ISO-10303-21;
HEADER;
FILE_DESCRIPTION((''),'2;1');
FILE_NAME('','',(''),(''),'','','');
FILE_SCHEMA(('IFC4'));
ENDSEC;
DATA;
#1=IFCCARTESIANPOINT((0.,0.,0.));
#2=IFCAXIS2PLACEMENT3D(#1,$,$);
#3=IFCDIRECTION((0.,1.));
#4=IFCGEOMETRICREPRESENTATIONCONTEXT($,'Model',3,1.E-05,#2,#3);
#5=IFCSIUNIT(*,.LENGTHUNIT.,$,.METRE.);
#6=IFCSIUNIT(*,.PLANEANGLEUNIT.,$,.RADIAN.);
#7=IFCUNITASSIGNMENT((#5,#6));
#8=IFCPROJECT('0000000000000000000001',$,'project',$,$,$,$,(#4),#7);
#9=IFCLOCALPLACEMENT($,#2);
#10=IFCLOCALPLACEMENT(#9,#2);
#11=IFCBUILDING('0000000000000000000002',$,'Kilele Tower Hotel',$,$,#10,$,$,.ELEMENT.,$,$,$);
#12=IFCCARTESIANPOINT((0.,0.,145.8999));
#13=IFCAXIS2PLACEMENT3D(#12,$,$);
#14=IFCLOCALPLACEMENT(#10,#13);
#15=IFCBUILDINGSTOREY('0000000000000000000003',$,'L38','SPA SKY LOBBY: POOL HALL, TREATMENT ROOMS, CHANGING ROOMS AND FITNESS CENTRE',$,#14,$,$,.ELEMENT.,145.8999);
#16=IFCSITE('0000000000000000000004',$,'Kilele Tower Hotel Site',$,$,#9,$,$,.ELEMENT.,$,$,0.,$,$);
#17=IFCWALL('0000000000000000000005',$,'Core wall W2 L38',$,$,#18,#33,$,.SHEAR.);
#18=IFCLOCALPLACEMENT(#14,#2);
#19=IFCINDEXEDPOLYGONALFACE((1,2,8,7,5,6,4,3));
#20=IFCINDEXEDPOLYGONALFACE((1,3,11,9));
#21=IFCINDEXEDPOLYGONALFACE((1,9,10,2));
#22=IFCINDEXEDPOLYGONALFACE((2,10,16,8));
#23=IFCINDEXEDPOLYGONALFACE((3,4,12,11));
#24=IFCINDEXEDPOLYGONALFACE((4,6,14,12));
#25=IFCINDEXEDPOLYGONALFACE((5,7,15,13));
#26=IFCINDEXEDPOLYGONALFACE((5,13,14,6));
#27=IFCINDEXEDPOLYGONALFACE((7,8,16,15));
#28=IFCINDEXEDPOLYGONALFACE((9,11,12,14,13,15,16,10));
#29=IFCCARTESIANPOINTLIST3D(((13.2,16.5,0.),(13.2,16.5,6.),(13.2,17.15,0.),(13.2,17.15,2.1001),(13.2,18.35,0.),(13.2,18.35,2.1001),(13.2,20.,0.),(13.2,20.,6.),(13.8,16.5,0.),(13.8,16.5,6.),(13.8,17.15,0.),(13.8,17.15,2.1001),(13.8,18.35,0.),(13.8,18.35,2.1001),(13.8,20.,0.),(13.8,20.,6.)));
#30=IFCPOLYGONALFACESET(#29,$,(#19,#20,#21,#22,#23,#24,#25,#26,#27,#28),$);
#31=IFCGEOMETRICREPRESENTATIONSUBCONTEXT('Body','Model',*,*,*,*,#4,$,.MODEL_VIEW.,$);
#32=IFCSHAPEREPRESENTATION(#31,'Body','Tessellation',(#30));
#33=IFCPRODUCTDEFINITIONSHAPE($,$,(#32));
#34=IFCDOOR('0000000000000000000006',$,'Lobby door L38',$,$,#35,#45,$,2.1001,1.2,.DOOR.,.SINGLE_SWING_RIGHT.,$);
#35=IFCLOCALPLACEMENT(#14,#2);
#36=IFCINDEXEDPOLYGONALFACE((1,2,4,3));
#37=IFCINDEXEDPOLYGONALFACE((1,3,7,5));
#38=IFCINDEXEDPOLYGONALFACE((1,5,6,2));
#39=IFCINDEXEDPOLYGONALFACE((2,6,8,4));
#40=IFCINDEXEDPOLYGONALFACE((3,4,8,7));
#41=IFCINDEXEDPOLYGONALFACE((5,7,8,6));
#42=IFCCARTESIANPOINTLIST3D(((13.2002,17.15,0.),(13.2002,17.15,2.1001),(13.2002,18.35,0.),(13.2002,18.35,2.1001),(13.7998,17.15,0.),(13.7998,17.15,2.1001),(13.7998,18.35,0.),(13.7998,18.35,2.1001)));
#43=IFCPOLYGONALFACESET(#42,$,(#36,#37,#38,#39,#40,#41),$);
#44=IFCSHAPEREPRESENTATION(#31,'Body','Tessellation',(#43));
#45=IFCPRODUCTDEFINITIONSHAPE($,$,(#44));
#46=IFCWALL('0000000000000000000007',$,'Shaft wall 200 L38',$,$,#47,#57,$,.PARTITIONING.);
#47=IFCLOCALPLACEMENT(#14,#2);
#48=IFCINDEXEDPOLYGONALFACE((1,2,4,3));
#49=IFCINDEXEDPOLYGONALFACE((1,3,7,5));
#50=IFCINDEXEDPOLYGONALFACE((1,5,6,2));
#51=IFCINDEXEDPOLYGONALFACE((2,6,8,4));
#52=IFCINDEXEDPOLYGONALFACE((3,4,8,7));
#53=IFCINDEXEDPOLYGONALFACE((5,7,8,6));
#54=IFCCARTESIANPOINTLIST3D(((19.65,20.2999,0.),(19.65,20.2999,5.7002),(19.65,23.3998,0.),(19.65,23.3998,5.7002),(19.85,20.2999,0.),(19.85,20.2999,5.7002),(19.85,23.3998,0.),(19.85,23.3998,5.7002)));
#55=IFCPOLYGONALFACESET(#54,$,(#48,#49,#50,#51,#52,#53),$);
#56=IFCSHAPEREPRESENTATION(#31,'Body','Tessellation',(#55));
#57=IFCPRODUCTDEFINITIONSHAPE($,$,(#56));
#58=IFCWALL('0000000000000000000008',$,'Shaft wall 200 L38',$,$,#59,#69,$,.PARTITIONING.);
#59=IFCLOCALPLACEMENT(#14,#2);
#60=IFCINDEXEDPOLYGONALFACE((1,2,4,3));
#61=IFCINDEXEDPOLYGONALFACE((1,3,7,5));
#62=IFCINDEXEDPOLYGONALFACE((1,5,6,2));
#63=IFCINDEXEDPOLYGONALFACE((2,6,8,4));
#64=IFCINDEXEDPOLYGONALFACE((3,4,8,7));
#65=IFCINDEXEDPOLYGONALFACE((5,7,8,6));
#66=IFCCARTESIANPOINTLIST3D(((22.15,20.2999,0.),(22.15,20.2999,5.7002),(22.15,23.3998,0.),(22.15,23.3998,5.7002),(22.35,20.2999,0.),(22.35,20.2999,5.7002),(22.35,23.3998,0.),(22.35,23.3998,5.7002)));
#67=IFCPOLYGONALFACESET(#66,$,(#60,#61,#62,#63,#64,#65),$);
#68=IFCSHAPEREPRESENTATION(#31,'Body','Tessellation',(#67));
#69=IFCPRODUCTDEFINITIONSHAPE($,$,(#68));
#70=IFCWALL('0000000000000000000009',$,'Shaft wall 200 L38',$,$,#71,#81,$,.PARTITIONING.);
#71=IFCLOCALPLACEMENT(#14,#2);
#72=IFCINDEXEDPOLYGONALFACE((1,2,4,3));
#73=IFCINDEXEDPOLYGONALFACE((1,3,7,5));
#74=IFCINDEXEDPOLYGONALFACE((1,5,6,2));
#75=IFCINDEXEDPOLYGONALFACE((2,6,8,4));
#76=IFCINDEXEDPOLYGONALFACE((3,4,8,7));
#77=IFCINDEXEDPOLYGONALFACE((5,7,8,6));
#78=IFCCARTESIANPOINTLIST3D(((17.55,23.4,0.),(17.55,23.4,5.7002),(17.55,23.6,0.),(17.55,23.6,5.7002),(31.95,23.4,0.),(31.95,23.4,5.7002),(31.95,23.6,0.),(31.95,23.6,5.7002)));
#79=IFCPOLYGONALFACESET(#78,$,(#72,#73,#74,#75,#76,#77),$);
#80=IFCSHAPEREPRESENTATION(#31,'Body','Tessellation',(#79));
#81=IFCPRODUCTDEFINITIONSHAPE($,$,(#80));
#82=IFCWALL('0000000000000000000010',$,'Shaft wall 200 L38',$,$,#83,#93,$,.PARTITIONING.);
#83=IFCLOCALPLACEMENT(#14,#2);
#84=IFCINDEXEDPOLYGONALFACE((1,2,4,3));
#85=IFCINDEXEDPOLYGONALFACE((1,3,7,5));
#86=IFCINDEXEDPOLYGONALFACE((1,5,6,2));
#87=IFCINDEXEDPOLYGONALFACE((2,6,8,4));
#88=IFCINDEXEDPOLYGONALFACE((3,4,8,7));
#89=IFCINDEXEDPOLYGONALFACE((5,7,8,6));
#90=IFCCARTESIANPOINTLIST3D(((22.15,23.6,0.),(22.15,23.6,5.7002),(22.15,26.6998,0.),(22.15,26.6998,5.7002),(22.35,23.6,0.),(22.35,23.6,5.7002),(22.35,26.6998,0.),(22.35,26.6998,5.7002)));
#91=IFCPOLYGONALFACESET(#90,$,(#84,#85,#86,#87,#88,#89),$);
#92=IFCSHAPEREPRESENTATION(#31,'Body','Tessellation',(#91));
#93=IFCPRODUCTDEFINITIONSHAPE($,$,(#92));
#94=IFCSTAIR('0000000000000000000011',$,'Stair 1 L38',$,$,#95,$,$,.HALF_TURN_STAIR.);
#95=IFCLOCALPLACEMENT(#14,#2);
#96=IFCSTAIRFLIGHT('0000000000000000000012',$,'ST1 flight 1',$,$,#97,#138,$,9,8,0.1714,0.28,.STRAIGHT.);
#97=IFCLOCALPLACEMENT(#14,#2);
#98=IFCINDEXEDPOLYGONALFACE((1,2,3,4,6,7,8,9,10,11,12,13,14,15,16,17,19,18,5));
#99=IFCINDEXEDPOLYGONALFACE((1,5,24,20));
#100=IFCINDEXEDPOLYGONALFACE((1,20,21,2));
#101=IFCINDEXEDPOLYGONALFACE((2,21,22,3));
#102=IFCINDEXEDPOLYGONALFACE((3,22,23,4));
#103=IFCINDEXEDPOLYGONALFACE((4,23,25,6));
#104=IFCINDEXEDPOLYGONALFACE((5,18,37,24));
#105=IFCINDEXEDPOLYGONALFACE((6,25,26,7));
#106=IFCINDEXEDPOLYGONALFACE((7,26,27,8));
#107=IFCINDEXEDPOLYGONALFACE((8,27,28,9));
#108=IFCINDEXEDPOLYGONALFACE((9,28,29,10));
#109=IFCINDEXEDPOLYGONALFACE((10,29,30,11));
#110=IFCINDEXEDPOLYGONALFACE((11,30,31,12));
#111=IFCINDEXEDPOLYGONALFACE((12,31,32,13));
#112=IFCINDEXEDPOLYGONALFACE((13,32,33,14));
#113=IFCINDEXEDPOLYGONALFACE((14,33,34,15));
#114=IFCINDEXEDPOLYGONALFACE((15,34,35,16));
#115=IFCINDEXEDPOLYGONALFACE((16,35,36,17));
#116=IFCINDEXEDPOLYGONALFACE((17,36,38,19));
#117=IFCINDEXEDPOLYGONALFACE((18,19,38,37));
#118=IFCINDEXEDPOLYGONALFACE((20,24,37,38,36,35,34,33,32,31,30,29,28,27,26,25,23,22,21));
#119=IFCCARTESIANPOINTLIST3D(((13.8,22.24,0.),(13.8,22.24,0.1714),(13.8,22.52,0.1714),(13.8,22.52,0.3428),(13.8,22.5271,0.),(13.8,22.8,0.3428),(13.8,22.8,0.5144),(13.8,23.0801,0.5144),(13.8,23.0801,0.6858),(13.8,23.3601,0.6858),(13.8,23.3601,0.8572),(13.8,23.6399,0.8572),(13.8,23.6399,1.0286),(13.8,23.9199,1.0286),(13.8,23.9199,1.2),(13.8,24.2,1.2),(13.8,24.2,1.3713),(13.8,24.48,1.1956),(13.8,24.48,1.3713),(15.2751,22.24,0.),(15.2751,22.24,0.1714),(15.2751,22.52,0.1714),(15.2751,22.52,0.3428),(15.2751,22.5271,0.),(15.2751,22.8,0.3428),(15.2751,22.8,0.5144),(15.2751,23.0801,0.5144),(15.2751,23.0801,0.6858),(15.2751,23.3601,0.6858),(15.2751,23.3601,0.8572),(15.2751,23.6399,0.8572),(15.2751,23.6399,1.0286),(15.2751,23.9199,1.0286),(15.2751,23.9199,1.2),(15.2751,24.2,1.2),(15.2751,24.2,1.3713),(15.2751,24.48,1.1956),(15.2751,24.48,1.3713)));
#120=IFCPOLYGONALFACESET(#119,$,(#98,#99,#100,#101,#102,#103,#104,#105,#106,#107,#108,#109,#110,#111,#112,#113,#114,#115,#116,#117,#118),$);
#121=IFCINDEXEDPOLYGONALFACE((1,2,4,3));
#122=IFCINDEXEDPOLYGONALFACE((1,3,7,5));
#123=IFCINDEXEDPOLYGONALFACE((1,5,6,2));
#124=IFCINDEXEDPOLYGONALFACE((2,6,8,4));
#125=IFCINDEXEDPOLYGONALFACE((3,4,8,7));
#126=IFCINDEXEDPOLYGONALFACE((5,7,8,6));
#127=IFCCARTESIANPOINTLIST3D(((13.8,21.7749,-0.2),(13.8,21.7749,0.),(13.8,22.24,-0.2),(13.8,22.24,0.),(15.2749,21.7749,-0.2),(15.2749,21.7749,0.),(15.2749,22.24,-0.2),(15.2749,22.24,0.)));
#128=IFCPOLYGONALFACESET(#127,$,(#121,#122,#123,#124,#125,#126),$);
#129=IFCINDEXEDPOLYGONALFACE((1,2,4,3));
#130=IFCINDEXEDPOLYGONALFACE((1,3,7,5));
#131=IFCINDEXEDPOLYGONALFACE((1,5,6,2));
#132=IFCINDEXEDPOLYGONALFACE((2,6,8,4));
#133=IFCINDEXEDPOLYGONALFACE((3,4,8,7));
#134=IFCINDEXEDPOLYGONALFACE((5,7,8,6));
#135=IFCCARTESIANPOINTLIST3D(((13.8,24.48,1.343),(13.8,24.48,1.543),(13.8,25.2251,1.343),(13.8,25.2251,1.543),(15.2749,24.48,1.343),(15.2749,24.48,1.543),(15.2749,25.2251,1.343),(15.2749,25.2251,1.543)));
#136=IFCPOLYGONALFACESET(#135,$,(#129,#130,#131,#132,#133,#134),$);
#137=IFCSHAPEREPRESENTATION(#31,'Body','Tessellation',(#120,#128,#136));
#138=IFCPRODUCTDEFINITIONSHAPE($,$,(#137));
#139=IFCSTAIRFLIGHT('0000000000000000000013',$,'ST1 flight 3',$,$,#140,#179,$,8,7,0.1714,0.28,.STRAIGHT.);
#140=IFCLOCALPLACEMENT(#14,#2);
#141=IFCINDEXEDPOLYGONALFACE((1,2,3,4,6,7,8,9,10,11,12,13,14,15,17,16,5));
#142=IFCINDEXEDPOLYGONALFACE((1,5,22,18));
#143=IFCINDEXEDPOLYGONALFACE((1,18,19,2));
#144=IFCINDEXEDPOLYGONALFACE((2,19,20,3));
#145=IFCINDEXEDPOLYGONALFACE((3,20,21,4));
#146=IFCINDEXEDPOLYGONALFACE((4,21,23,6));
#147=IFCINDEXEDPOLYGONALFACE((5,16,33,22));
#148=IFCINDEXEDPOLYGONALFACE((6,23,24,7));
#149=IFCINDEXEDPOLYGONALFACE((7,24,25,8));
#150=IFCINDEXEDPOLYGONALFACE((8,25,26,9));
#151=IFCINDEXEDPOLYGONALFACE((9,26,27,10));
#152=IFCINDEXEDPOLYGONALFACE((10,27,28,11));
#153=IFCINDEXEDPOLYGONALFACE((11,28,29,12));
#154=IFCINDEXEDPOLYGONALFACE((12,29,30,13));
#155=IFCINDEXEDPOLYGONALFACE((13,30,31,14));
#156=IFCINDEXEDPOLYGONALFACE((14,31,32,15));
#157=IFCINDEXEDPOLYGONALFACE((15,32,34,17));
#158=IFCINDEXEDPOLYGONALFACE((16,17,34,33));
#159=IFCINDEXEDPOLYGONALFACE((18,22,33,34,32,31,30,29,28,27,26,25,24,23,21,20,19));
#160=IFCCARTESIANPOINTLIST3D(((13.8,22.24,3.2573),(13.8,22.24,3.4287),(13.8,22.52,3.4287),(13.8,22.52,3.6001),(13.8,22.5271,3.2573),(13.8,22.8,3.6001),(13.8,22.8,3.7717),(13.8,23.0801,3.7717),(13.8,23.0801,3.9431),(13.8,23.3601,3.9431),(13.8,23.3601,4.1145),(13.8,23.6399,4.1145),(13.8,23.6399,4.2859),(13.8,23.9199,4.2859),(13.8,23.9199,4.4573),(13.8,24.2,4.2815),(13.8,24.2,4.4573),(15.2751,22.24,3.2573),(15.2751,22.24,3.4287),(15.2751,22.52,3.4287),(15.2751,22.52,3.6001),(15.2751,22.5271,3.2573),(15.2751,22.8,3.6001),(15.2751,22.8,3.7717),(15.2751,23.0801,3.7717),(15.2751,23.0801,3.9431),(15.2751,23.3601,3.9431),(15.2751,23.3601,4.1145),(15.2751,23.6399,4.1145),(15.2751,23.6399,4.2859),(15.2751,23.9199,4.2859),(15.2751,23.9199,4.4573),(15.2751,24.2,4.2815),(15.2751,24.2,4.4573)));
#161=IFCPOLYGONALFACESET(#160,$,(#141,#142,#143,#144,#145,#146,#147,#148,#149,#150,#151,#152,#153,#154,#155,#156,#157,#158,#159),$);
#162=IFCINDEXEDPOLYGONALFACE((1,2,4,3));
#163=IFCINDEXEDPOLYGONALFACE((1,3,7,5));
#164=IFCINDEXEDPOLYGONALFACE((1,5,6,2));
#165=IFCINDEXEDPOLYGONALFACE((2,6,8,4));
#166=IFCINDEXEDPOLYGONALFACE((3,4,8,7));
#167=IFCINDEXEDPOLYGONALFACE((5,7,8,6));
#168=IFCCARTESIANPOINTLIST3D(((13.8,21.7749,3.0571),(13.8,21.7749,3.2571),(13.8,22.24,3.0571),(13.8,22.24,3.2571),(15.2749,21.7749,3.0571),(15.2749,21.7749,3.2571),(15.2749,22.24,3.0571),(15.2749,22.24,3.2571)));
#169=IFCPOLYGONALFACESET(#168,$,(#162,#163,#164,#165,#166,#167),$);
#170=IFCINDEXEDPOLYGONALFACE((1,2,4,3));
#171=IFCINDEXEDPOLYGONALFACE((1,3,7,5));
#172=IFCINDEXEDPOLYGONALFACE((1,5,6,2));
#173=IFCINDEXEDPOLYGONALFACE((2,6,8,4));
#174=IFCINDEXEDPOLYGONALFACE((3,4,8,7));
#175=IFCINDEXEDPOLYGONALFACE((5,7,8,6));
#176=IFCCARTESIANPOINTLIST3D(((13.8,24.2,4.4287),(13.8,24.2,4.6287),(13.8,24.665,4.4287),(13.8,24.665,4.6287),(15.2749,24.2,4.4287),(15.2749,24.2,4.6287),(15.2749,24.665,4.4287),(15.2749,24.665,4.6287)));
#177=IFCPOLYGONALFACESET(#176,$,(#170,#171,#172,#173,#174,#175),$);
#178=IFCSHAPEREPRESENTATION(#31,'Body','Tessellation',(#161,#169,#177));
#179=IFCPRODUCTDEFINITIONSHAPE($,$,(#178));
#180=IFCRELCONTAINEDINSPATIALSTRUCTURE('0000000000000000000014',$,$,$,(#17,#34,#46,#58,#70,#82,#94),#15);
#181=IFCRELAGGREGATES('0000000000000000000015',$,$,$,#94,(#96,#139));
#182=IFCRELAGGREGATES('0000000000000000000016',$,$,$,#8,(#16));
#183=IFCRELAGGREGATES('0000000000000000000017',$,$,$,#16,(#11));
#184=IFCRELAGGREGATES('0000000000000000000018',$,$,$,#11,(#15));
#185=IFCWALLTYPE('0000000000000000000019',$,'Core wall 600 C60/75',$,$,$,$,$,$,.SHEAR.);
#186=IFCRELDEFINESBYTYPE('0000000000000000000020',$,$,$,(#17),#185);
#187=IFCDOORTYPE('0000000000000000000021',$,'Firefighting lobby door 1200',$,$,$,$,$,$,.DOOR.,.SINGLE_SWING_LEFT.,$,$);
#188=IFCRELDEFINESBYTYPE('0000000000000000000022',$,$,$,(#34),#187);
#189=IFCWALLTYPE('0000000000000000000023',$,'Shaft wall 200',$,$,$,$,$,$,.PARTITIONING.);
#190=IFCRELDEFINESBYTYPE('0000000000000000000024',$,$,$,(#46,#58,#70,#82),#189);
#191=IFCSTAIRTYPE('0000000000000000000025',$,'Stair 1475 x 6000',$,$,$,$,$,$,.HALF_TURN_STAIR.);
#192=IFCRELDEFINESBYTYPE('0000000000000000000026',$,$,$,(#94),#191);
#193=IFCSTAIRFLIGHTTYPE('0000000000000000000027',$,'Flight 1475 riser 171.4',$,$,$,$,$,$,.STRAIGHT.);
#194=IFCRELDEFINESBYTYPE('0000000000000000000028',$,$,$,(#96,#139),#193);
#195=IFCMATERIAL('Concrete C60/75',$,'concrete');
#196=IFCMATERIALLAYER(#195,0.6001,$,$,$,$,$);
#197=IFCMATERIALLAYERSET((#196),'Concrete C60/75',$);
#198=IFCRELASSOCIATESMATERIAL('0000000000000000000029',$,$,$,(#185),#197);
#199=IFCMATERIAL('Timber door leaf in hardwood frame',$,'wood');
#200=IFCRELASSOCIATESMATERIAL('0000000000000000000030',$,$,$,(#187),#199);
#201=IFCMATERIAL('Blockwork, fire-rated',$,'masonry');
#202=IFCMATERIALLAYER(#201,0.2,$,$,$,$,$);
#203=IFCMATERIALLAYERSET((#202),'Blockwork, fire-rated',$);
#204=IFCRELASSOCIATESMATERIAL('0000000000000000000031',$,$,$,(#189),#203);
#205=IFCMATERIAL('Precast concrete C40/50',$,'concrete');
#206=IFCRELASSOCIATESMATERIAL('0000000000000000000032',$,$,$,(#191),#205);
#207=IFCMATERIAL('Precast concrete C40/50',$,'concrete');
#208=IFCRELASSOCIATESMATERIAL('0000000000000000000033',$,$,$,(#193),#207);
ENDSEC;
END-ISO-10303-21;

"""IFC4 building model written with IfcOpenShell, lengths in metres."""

from ifc_helpers import new_model, si_unit, direction, frame, frame_2d, origin, place, context, subcontext, project, spatial, polyline, rectangle, outline, extrude, material, layer, layer_set, type_object, element, fill, aggregate, save


model = new_model("IFC4")

# Units and contexts
model_context = context("Model", 3, precision=1e-05, world=origin(), true_north=direction((0.0, 1.0)))
body_context = subcontext(model_context, "Body", "Model", "MODEL_VIEW")
ifc_project = project(units=[si_unit("LENGTHUNIT", "METRE"), si_unit("PLANEANGLEUNIT", "RADIAN")], contexts=[model_context])

# Site, building, storey
site_placement = place(None, origin())
site = spatial("IfcSite", under=ifc_project, at=site_placement, Name="Kilele Tower Hotel Site", CompositionType="ELEMENT", RefElevation=0.0)
building_placement = place(site_placement, origin())
building = spatial("IfcBuilding", under=site, at=building_placement, Name="Kilele Tower Hotel", CompositionType="ELEMENT")
storey_placement = place(building_placement, frame((0.0, 0.0, 145.8999)))
storey = spatial("IfcBuildingStorey", under=building, at=storey_placement, Name="L38", Description="SPA SKY LOBBY: POOL HALL, TREATMENT ROOMS, CHANGING ROOMS AND FITNESS CENTRE", CompositionType="ELEMENT", Elevation=145.8999)

# Shared definitions
ifc_material_1 = material(Name="Concrete C60/75", Category="concrete")
ifc_layer_1 = layer(ifc_material_1, 0.6001)
ifc_layer_set_1 = layer_set([ifc_layer_1], Name="Concrete C60/75")
wall_type_1 = type_object("IfcWallType", Name="Core wall 600 C60/75", PredefinedType="SHEAR", material=ifc_layer_set_1)

# Wall, opening, door
wall_1_placement = place(storey_placement, frame((13.5, 20.0, 0.0), z_axis=(0.0, 0.0, 1.0), x_axis=(0.0, -1.0, 0.0)))
wall_1 = element("IfcWall", 1, at=wall_1_placement, inside=storey, type_object=wall_type_1, Name="Core wall W2 L38", PredefinedType="SHEAR", context=body_context, shape_type="SweptSolid", body=[
    extrude(rectangle(XDim=3.5, YDim=0.6001, at=frame_2d((1.75, 0.0))), origin(), (0.0, 0.0, 1.0), 6.0),
])
opening_1_placement = place(wall_1_placement, frame((1.6499, 0.0, 0.0)))
opening_1 = element("IfcOpeningElement", 2, at=opening_1_placement, cuts=wall_1, PredefinedType="OPENING", context=body_context, shape_type="SweptSolid", body=[
    extrude(rectangle(XDim=1.2, YDim=2.1001, at=frame_2d((0.6001, 1.05))), frame((0.0, 0.3101, 0.0), z_axis=(0.0, -1.0, 0.0), x_axis=(1.0, 0.0, 0.0)), (0.0, 0.0, 1.0), 0.6201),
])
ifc_material_2 = material(Name="Timber door leaf in hardwood frame", Category="wood")
door_type_1 = type_object("IfcDoorType", Name="Firefighting lobby door 1200", OperationType="SINGLE_SWING_LEFT", PredefinedType="DOOR", material=ifc_material_2)
door_1_placement = place(opening_1_placement, origin())
door_1 = element("IfcDoor", 3, at=door_1_placement, inside=storey, type_object=door_type_1, Name="Lobby door L38", OperationType="SINGLE_SWING_RIGHT", OverallHeight=2.1001, OverallWidth=1.2, PredefinedType="DOOR", context=body_context, shape_type="SweptSolid", body=[
    extrude(rectangle(XDim=1.2, YDim=2.1001, at=frame_2d((0.6001, 1.05))), frame((0.0, 0.2998, 0.0), z_axis=(0.0, -1.0, 0.0), x_axis=(1.0, 0.0, 0.0)), (0.0, 0.0, 1.0), 0.5996),
])
fill(opening_1, door_1)

# Walls
ifc_material_3 = material(Name="Blockwork, fire-rated", Category="masonry")
ifc_layer_2 = layer(ifc_material_3, 0.2)
ifc_layer_set_2 = layer_set([ifc_layer_2], Name="Blockwork, fire-rated")
wall_type_2 = type_object("IfcWallType", Name="Shaft wall 200", PredefinedType="PARTITIONING", material=ifc_layer_set_2)
for number, where, z_axis, x_axis, name in (
    (4, (19.75, 20.3, 0.0), (0.0, 0.0, 1.0), (0.0, 1.0, 0.0), "Shaft wall 200 L38"),
    (5, (22.25, 20.3, 0.0), (0.0, 0.0, 1.0), (0.0, 1.0, 0.0), "Shaft wall 200 L38"),
):
    element("IfcWall", number, at=place(storey_placement, frame(where, z_axis=z_axis, x_axis=x_axis)), inside=storey, type_object=wall_type_2, Name=name, PredefinedType="PARTITIONING", context=body_context, shape_type="SweptSolid", body=[
        extrude(rectangle(XDim=3.0999, YDim=0.2, at=frame_2d((1.5498, 0.0))), origin(), (0.0, 0.0, 1.0), 5.7002),
    ])
wall_2_placement = place(storey_placement, frame((17.55, 23.5, 0.0), z_axis=(0.0, 0.0, 1.0), x_axis=(1.0, 0.0, 0.0)))
element("IfcWall", 6, at=wall_2_placement, inside=storey, type_object=wall_type_2, Name="Shaft wall 200 L38", PredefinedType="PARTITIONING", context=body_context, shape_type="SweptSolid", body=[
    extrude(rectangle(XDim=14.3999, YDim=0.2, at=frame_2d((7.2, 0.0))), origin(), (0.0, 0.0, 1.0), 5.7002),
])
wall_3_placement = place(storey_placement, frame((22.25, 23.6001, 0.0), z_axis=(0.0, 0.0, 1.0), x_axis=(0.0, 1.0, 0.0)))
element("IfcWall", 7, at=wall_3_placement, inside=storey, type_object=wall_type_2, Name="Shaft wall 200 L38", PredefinedType="PARTITIONING", context=body_context, shape_type="SweptSolid", body=[
    extrude(rectangle(XDim=3.0999, YDim=0.2, at=frame_2d((1.5498, 0.0))), origin(), (0.0, 0.0, 1.0), 5.7002),
])

# Stair, stair flights
ifc_material_4 = material(Name="Precast concrete C40/50", Category="concrete")
stair_type = type_object("IfcStairType", Name="Stair 1475 x 6000", PredefinedType="HALF_TURN_STAIR", material=ifc_material_4)
stair_placement = place(storey_placement, origin())
stair = element("IfcStair", 8, at=stair_placement, inside=storey, type_object=stair_type, Name="Stair 1 L38", PredefinedType="HALF_TURN_STAIR")
ifc_material_5 = material(Name="Precast concrete C40/50", Category="concrete")
stair_flight_type = type_object("IfcStairFlightType", Name="Flight 1475 riser 171.4", PredefinedType="STRAIGHT", material=ifc_material_5)
stair_flight_1_placement = place(storey_placement, frame((14.5376, 22.24, 0.0), z_axis=(0.0, 0.0, 1.0), x_axis=(0.0, 1.0, 0.0)))
stair_flight_1 = element("IfcStairFlight", 9, at=stair_flight_1_placement, type_object=stair_flight_type, Name="ST1 flight 1", NumberOfRisers=9, NumberOfTreads=8, PredefinedType="STRAIGHT", RiserHeight=0.1714, TreadLength=0.28, context=body_context, shape_type="SweptSolid", body=[
    extrude(outline(polyline([(0.0, 0.0), (0.0, 0.1714), (0.28, 0.1714), (0.28, 0.3428), (0.5601, 0.3428), (0.5601, 0.5144), (0.8401, 0.5144), (0.8401, 0.6858), (1.1201, 0.6858), (1.1201, 0.8572), (1.3999, 0.8572), (1.3999, 1.0286), (1.6799, 1.0286), (1.6799, 1.2), (1.96, 1.2), (1.96, 1.3713), (2.24, 1.3713), (2.24, 1.543), (2.24, 1.1956), (0.2871, 0.0), (0.0, 0.0)])), frame((0.0, 0.7375, 0.0), z_axis=(0.0, -1.0, 0.0), x_axis=(1.0, 0.0, 0.0)), (0.0, 0.0, 1.0), 1.4751),
    extrude(outline(polyline([(-0.4651, 0.7375), (-0.4651, -0.7373), (0.0, -0.7373), (0.0, 0.7375), (-0.4651, 0.7375)])), frame((0.0, 0.0, -0.2)), (0.0, 0.0, 1.0), 0.2),
    extrude(outline(polyline([(2.24, 0.7375), (2.24, -0.7373), (2.9851, -0.7373), (2.9851, 0.7375), (2.24, 0.7375)])), frame((0.0, 0.0, 1.343)), (0.0, 0.0, 1.0), 0.2),
])
stair_flight_2_placement = place(storey_placement, frame((14.5376, 22.24, 3.2573), z_axis=(0.0, 0.0, 1.0), x_axis=(0.0, 1.0, 0.0)))
stair_flight_2 = element("IfcStairFlight", 10, at=stair_flight_2_placement, type_object=stair_flight_type, Name="ST1 flight 3", NumberOfRisers=8, NumberOfTreads=7, PredefinedType="STRAIGHT", RiserHeight=0.1714, TreadLength=0.28, context=body_context, shape_type="SweptSolid", body=[
    extrude(outline(polyline([(0.0, 0.0), (0.0, 0.1714), (0.28, 0.1714), (0.28, 0.3428), (0.5601, 0.3428), (0.5601, 0.5144), (0.8401, 0.5144), (0.8401, 0.6858), (1.1201, 0.6858), (1.1201, 0.8572), (1.3999, 0.8572), (1.3999, 1.0286), (1.6799, 1.0286), (1.6799, 1.2), (1.96, 1.2), (1.96, 1.3713), (1.96, 1.0242), (0.2871, 0.0), (0.0, 0.0)])), frame((0.0, 0.7375, 0.0), z_axis=(0.0, -1.0, 0.0), x_axis=(1.0, 0.0, 0.0)), (0.0, 0.0, 1.0), 1.4751),
    extrude(outline(polyline([(-0.4651, 0.7375), (-0.4651, -0.7373), (0.0, -0.7373), (0.0, 0.7375), (-0.4651, 0.7375)])), frame((0.0, 0.0, -0.2002)), (0.0, 0.0, 1.0), 0.2),
    extrude(outline(polyline([(1.96, 0.7375), (1.96, -0.7373), (2.425, -0.7373), (2.425, 0.7375), (1.96, 0.7375)])), frame((0.0, 0.0, 1.1714)), (0.0, 0.0, 1.0), 0.2),
])
aggregate(stair, [stair_flight_1, stair_flight_2])

save(model, "model.ifc")
